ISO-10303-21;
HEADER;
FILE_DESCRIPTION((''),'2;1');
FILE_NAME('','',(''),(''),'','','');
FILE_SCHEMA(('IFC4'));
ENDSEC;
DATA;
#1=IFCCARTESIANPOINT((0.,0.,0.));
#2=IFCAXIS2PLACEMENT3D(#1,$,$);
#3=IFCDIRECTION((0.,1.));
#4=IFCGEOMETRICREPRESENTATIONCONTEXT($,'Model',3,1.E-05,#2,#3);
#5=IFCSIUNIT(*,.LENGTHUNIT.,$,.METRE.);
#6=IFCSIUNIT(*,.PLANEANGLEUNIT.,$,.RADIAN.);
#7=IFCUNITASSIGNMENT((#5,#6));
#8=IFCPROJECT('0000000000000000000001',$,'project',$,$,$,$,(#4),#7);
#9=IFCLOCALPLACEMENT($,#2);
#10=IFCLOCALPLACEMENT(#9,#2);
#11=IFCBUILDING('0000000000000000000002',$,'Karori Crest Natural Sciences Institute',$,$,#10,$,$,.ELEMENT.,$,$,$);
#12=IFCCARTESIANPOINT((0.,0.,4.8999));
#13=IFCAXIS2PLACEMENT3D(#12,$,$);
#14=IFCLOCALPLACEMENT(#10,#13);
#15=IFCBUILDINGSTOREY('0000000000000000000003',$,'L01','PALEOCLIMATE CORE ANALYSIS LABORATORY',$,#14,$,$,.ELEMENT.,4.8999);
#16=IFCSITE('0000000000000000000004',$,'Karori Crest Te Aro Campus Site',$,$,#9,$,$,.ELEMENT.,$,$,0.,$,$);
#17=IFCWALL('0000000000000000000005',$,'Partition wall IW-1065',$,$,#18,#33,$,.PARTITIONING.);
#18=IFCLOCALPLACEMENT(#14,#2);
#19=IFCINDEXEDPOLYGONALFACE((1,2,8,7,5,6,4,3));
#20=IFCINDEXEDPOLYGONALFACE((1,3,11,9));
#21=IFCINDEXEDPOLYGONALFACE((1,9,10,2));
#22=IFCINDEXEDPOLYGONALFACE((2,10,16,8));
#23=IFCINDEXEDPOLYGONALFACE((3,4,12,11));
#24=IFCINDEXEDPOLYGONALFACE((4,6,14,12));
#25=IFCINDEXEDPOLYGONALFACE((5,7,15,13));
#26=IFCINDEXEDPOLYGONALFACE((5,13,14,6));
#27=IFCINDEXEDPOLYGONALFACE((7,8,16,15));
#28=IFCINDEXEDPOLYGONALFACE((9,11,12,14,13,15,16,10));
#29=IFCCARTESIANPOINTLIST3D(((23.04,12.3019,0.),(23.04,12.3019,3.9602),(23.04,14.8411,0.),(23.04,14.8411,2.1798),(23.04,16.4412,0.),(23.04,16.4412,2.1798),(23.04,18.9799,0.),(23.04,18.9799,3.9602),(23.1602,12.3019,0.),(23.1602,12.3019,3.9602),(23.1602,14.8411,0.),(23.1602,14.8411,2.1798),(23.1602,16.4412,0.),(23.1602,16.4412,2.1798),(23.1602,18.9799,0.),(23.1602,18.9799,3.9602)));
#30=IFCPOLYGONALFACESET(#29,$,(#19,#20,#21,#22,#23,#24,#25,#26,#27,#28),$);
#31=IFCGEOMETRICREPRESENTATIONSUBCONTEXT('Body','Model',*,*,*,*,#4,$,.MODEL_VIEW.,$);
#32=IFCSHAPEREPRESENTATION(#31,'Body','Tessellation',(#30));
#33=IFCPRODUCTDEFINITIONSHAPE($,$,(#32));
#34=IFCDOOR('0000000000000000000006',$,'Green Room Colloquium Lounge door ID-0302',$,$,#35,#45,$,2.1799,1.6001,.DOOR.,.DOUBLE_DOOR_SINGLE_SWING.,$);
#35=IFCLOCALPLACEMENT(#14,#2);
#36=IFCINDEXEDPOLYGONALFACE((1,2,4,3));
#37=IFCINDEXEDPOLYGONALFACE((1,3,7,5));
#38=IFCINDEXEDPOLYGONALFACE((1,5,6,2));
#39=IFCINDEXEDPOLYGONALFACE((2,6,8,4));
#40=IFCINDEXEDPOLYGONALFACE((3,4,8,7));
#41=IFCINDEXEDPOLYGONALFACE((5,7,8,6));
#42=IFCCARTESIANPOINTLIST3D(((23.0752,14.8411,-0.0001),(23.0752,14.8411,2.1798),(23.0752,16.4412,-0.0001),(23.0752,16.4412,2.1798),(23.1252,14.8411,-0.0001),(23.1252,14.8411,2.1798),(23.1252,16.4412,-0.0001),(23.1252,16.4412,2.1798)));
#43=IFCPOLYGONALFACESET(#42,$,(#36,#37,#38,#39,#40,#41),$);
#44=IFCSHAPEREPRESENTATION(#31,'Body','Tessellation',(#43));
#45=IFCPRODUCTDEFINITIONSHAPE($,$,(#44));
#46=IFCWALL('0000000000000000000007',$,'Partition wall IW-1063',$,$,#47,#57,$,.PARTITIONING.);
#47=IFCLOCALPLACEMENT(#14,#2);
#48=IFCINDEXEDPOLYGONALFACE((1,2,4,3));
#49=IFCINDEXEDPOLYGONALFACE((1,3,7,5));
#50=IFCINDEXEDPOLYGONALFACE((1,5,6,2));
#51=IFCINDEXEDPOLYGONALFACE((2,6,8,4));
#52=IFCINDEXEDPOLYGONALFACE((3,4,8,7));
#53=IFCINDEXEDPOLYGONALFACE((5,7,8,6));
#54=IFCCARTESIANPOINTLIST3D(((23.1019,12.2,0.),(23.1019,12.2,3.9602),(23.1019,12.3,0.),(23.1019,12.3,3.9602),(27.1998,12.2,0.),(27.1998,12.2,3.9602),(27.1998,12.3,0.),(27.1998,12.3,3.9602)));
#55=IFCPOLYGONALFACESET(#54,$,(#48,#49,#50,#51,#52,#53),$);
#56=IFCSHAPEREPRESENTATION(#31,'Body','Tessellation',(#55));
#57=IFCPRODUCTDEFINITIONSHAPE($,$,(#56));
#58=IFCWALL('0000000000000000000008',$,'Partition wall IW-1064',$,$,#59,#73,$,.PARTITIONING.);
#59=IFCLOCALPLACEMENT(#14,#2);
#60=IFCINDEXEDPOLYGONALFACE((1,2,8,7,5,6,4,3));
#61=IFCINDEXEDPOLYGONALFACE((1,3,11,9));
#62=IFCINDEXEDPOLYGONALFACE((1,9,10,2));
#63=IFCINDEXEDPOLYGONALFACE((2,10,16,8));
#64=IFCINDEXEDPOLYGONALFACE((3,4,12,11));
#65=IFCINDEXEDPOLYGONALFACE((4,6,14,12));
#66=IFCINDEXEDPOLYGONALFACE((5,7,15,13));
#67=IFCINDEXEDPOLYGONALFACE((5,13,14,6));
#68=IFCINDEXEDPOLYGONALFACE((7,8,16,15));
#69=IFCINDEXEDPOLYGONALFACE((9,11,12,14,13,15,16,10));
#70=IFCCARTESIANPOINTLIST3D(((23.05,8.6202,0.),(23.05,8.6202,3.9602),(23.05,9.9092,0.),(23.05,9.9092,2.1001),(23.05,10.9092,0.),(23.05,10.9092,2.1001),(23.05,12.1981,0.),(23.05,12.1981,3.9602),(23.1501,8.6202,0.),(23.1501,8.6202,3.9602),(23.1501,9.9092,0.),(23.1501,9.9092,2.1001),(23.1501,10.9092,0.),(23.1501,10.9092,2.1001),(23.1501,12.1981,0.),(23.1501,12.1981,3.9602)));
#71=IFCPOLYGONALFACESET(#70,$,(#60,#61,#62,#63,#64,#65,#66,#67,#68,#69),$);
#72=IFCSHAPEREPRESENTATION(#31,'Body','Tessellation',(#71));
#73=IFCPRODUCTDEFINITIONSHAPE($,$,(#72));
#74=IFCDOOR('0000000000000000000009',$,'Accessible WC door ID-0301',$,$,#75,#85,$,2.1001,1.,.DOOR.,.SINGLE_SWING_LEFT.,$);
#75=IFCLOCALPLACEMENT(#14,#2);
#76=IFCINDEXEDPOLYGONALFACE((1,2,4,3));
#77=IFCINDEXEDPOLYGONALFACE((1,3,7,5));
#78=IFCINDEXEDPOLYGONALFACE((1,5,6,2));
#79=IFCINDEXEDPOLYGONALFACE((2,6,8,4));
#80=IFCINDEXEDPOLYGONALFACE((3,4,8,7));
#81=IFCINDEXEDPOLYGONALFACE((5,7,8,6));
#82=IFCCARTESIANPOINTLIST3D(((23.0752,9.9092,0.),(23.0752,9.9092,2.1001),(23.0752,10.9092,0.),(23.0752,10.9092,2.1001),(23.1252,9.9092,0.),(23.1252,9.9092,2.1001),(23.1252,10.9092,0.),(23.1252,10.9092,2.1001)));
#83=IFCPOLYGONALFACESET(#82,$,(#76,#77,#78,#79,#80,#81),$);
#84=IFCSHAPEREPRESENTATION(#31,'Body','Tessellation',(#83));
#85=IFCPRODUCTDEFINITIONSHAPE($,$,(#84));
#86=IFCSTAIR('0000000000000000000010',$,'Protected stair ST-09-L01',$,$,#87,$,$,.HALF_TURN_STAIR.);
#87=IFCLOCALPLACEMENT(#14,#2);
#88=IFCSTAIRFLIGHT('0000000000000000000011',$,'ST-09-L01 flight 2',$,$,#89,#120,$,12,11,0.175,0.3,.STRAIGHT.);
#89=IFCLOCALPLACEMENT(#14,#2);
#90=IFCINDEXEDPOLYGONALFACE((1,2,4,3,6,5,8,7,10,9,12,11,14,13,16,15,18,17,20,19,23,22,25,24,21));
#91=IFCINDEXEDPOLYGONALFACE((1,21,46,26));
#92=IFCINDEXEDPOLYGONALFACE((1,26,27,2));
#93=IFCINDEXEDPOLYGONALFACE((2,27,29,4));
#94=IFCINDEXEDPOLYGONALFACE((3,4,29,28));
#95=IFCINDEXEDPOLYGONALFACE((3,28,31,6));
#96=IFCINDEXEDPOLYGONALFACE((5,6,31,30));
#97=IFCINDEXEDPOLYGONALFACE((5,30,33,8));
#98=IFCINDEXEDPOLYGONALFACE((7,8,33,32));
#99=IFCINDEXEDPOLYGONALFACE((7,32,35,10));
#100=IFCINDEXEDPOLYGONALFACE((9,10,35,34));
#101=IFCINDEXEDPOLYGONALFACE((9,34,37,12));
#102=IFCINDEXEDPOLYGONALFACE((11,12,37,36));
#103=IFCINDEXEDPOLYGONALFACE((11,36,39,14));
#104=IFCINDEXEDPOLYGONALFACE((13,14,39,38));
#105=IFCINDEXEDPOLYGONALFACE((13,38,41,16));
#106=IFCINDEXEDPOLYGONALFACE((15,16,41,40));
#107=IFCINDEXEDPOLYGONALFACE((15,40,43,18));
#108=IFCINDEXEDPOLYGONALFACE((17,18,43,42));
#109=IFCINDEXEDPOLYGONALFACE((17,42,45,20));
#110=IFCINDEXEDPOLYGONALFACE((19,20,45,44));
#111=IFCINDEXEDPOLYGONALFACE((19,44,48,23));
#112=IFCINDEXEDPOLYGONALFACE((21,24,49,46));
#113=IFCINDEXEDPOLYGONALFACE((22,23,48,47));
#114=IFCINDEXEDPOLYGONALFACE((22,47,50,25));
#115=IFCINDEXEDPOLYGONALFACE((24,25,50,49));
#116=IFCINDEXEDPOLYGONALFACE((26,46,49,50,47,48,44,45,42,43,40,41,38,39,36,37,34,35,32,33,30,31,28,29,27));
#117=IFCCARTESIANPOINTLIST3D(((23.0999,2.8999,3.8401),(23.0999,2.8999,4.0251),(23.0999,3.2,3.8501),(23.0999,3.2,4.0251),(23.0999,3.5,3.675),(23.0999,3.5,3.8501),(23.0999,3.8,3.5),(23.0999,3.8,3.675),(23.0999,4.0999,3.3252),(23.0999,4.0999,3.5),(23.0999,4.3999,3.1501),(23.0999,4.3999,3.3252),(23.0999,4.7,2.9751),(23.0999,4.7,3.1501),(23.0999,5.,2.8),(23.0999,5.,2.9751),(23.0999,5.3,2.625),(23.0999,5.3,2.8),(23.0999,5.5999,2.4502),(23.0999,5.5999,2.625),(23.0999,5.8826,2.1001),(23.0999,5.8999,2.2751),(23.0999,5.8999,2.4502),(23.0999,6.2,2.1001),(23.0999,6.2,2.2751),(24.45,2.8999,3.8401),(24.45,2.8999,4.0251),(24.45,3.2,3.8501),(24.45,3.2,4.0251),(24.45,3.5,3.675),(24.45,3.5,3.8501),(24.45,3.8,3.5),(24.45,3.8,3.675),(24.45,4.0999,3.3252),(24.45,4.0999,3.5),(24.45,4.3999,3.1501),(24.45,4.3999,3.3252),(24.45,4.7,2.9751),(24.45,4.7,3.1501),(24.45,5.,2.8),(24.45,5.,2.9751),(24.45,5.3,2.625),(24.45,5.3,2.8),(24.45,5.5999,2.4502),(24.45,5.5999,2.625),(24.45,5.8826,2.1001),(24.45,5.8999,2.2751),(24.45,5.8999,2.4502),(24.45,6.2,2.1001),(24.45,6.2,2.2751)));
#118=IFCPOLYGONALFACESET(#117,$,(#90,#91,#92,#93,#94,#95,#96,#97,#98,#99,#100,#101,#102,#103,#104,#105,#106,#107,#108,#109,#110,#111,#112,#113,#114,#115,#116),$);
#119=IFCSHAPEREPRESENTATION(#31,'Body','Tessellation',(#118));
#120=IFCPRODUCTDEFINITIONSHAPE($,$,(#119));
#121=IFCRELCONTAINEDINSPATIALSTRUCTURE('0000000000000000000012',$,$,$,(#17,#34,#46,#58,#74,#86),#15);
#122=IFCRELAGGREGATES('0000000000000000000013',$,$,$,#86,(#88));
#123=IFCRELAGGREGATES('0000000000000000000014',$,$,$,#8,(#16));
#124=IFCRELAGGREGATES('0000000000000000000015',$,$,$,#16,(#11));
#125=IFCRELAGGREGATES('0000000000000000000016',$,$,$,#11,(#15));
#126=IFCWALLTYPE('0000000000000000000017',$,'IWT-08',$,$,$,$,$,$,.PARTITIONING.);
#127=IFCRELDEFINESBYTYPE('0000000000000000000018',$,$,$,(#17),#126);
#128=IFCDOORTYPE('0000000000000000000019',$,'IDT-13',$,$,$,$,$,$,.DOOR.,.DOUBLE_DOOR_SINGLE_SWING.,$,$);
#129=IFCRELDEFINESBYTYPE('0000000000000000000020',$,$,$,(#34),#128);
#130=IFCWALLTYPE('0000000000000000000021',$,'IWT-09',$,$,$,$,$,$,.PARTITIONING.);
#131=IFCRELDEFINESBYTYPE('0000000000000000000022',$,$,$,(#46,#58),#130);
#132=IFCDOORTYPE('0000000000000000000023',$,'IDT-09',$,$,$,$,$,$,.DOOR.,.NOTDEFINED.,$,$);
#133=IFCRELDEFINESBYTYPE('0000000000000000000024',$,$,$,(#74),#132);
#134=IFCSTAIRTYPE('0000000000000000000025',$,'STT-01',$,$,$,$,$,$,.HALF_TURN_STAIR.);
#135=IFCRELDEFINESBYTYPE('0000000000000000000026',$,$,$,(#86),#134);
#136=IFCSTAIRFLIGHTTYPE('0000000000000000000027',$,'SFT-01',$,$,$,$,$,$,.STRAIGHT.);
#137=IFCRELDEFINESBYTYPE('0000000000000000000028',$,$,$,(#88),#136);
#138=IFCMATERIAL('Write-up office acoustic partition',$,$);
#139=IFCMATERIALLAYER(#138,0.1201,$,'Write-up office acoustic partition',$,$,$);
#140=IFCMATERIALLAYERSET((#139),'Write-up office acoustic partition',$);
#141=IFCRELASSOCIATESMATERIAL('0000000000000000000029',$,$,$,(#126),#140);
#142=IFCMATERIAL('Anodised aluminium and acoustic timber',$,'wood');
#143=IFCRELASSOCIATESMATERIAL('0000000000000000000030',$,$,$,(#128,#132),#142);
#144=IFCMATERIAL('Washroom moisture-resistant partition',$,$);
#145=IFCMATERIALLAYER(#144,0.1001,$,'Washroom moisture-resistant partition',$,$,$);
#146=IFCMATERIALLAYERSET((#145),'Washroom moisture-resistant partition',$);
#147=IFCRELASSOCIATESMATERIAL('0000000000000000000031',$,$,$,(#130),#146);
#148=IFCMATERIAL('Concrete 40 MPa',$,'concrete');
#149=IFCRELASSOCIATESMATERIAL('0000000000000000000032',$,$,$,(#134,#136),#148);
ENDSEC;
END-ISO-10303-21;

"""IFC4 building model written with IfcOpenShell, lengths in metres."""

from ifc_helpers import new_model, si_unit, direction, frame, frame_2d, origin, place, context, subcontext, project, spatial, polyline, rectangle, outline, extrude, material, layer, layer_set, type_object, element, fill, aggregate, save


model = new_model("IFC4")

# Units and contexts
model_context = context("Model", 3, precision=1e-05, world=origin(), true_north=direction((0.0, 1.0)))
body_context = subcontext(model_context, "Body", "Model", "MODEL_VIEW")
ifc_project = project(units=[si_unit("LENGTHUNIT", "METRE"), si_unit("PLANEANGLEUNIT", "RADIAN")], contexts=[model_context])

# Site, building, storey
site_placement = place(None, origin())
site = spatial("IfcSite", under=ifc_project, at=site_placement, Name="Karori Crest Te Aro Campus Site", CompositionType="ELEMENT", RefElevation=0.0)
building_placement = place(site_placement, origin())
building = spatial("IfcBuilding", under=site, at=building_placement, Name="Karori Crest Natural Sciences Institute", CompositionType="ELEMENT")
storey_placement = place(building_placement, frame((0.0, 0.0, 4.8999)))
storey = spatial("IfcBuildingStorey", under=building, at=storey_placement, Name="L01", Description="PALEOCLIMATE CORE ANALYSIS LABORATORY", CompositionType="ELEMENT", Elevation=4.8999)

# Wall, opening, door
ifc_material_1 = material(Name="Write-up office acoustic partition")
ifc_layer_1 = layer(ifc_material_1, 0.1201, Name="Write-up office acoustic partition")
ifc_layer_set_1 = layer_set([ifc_layer_1], Name="Write-up office acoustic partition")
wall_type_1 = type_object("IfcWallType", Name="IWT-08", PredefinedType="PARTITIONING", material=ifc_layer_set_1)
wall_1_placement = place(storey_placement, frame((23.1001, 12.302, 0.0), z_axis=(0.0, 0.0, 1.0), x_axis=(0.0, 1.0, 0.0)))
wall_1 = element("IfcWall", 1, at=wall_1_placement, inside=storey, type_object=wall_type_1, Name="Partition wall IW-1065", PredefinedType="PARTITIONING", context=body_context, shape_type="SweptSolid", body=[
    extrude(rectangle(XDim=6.678, YDim=0.1201, at=frame_2d((3.3389, 0.0))), origin(), (0.0, 0.0, 1.0), 3.9602),
])
opening_1_placement = place(wall_1_placement, frame((2.5391, 0.0, 0.0)))
opening_1 = element("IfcOpeningElement", 2, at=opening_1_placement, cuts=wall_1, PredefinedType="OPENING", context=body_context, shape_type="SweptSolid", body=[
    extrude(rectangle(XDim=1.6001, YDim=2.1799, at=frame_2d((0.8, 1.0898))), frame((0.0, 0.0701, 0.0), z_axis=(0.0, -1.0, 0.0), x_axis=(1.0, 0.0, 0.0)), (0.0, 0.0, 1.0), 0.1401),
])
ifc_material_2 = material(Name="Anodised aluminium and acoustic timber", Category="wood")
door_type_1 = type_object("IfcDoorType", Name="IDT-13", OperationType="DOUBLE_DOOR_SINGLE_SWING", PredefinedType="DOOR", material=ifc_material_2)
door_1_placement = place(opening_1_placement, origin())
door_1 = element("IfcDoor", 3, at=door_1_placement, inside=storey, type_object=door_type_1, Name="Green Room Colloquium Lounge door ID-0302", OperationType="DOUBLE_DOOR_SINGLE_SWING", OverallHeight=2.1799, OverallWidth=1.6001, PredefinedType="DOOR", context=body_context, shape_type="SweptSolid", body=[
    extrude(rectangle(XDim=1.6001, YDim=2.1799, at=frame_2d((0.8, 1.0898))), frame((0.0, 0.0249, 0.0), z_axis=(0.0, -1.0, 0.0), x_axis=(1.0, 0.0, 0.0)), (0.0, 0.0, 1.0), 0.05),
])
fill(opening_1, door_1)

# Wall
ifc_material_3 = material(Name="Washroom moisture-resistant partition")
ifc_layer_2 = layer(ifc_material_3, 0.1001, Name="Washroom moisture-resistant partition")
ifc_layer_set_2 = layer_set([ifc_layer_2], Name="Washroom moisture-resistant partition")
wall_type_2 = type_object("IfcWallType", Name="IWT-09", PredefinedType="PARTITIONING", material=ifc_layer_set_2)
wall_2_placement = place(storey_placement, frame((23.1021, 12.25, 0.0), z_axis=(0.0, 0.0, 1.0), x_axis=(1.0, 0.0, 0.0)))
element("IfcWall", 4, at=wall_2_placement, inside=storey, type_object=wall_type_2, Name="Partition wall IW-1063", PredefinedType="PARTITIONING", context=body_context, shape_type="SweptSolid", body=[
    extrude(rectangle(XDim=4.0979, YDim=0.1001, at=frame_2d((2.0488, 0.0))), origin(), (0.0, 0.0, 1.0), 3.9602),
])

# Wall, opening, door
wall_3_placement = place(storey_placement, frame((23.1001, 8.6201, 0.0), z_axis=(0.0, 0.0, 1.0), x_axis=(0.0, 1.0, 0.0)))
wall_3 = element("IfcWall", 5, at=wall_3_placement, inside=storey, type_object=wall_type_2, Name="Partition wall IW-1064", PredefinedType="PARTITIONING", context=body_context, shape_type="SweptSolid", body=[
    extrude(rectangle(XDim=3.5779, YDim=0.1001, at=frame_2d((1.7891, 0.0))), origin(), (0.0, 0.0, 1.0), 3.9602),
])
opening_2_placement = place(wall_3_placement, frame((1.2891, 0.0, 0.0)))
opening_2 = element("IfcOpeningElement", 6, at=opening_2_placement, cuts=wall_3, PredefinedType="OPENING", context=body_context, shape_type="SweptSolid", body=[
    extrude(rectangle(XDim=1.0, YDim=2.1001, at=frame_2d((0.5, 1.05))), frame((0.0, 0.0601, 0.0), z_axis=(0.0, -1.0, 0.0), x_axis=(1.0, 0.0, 0.0)), (0.0, 0.0, 1.0), 0.1201),
])
door_type_2 = type_object("IfcDoorType", Name="IDT-09", OperationType="NOTDEFINED", PredefinedType="DOOR", material=ifc_material_2)
door_2_placement = place(opening_2_placement, origin())
door_2 = element("IfcDoor", 7, at=door_2_placement, inside=storey, type_object=door_type_2, Name="Accessible WC door ID-0301", OperationType="SINGLE_SWING_LEFT", OverallHeight=2.1001, OverallWidth=1.0, PredefinedType="DOOR", context=body_context, shape_type="SweptSolid", body=[
    extrude(rectangle(XDim=1.0, YDim=2.1001, at=frame_2d((0.5, 1.05))), frame((0.0, 0.0249, 0.0), z_axis=(0.0, -1.0, 0.0), x_axis=(1.0, 0.0, 0.0)), (0.0, 0.0, 1.0), 0.05),
])
fill(opening_2, door_2)

# Stair, stair flight
ifc_material_4 = material(Name="Concrete 40 MPa", Category="concrete")
stair_type = type_object("IfcStairType", Name="STT-01", PredefinedType="HALF_TURN_STAIR", material=ifc_material_4)
stair_placement = place(storey_placement, origin())
stair = element("IfcStair", 8, at=stair_placement, inside=storey, type_object=stair_type, Name="Protected stair ST-09-L01", PredefinedType="HALF_TURN_STAIR")
stair_flight_type = type_object("IfcStairFlightType", Name="SFT-01", PredefinedType="STRAIGHT", material=ifc_material_4)
stair_flight_placement = place(storey_placement, frame((23.7749, 6.2, 2.1001), z_axis=(0.0, 0.0, 1.0), x_axis=(0.0, -1.0, 0.0)))
stair_flight = element("IfcStairFlight", 9, at=stair_flight_placement, type_object=stair_flight_type, Name="ST-09-L01 flight 2", NumberOfRisers=12, NumberOfTreads=11, PredefinedType="STRAIGHT", RiserHeight=0.175, TreadLength=0.3, context=body_context, shape_type="SweptSolid", body=[
    extrude(outline(polyline([(0.0, 0.0), (0.0, 0.175), (0.3, 0.175), (0.3, 0.3501), (0.6001, 0.3501), (0.6001, 0.5249), (0.8999, 0.5249), (0.8999, 0.7), (1.2, 0.7), (1.2, 0.875), (1.5, 0.875), (1.5, 1.05), (1.8, 1.05), (1.8, 1.2251), (2.1001, 1.2251), (2.1001, 1.3999), (2.3999, 1.3999), (2.3999, 1.575), (2.7, 1.575), (2.7, 1.75), (3.0, 1.75), (3.0, 1.925), (3.3, 1.925), (3.3, 2.1001), (3.3, 1.74), (0.3174, 0.0), (0.0, 0.0)])), frame((0.0, 0.675, 0.0), z_axis=(0.0, -1.0, 0.0), x_axis=(1.0, 0.0, 0.0)), (0.0, 0.0, 1.0), 1.3501),
])
aggregate(stair, [stair_flight])

save(model, "model.ifc")
